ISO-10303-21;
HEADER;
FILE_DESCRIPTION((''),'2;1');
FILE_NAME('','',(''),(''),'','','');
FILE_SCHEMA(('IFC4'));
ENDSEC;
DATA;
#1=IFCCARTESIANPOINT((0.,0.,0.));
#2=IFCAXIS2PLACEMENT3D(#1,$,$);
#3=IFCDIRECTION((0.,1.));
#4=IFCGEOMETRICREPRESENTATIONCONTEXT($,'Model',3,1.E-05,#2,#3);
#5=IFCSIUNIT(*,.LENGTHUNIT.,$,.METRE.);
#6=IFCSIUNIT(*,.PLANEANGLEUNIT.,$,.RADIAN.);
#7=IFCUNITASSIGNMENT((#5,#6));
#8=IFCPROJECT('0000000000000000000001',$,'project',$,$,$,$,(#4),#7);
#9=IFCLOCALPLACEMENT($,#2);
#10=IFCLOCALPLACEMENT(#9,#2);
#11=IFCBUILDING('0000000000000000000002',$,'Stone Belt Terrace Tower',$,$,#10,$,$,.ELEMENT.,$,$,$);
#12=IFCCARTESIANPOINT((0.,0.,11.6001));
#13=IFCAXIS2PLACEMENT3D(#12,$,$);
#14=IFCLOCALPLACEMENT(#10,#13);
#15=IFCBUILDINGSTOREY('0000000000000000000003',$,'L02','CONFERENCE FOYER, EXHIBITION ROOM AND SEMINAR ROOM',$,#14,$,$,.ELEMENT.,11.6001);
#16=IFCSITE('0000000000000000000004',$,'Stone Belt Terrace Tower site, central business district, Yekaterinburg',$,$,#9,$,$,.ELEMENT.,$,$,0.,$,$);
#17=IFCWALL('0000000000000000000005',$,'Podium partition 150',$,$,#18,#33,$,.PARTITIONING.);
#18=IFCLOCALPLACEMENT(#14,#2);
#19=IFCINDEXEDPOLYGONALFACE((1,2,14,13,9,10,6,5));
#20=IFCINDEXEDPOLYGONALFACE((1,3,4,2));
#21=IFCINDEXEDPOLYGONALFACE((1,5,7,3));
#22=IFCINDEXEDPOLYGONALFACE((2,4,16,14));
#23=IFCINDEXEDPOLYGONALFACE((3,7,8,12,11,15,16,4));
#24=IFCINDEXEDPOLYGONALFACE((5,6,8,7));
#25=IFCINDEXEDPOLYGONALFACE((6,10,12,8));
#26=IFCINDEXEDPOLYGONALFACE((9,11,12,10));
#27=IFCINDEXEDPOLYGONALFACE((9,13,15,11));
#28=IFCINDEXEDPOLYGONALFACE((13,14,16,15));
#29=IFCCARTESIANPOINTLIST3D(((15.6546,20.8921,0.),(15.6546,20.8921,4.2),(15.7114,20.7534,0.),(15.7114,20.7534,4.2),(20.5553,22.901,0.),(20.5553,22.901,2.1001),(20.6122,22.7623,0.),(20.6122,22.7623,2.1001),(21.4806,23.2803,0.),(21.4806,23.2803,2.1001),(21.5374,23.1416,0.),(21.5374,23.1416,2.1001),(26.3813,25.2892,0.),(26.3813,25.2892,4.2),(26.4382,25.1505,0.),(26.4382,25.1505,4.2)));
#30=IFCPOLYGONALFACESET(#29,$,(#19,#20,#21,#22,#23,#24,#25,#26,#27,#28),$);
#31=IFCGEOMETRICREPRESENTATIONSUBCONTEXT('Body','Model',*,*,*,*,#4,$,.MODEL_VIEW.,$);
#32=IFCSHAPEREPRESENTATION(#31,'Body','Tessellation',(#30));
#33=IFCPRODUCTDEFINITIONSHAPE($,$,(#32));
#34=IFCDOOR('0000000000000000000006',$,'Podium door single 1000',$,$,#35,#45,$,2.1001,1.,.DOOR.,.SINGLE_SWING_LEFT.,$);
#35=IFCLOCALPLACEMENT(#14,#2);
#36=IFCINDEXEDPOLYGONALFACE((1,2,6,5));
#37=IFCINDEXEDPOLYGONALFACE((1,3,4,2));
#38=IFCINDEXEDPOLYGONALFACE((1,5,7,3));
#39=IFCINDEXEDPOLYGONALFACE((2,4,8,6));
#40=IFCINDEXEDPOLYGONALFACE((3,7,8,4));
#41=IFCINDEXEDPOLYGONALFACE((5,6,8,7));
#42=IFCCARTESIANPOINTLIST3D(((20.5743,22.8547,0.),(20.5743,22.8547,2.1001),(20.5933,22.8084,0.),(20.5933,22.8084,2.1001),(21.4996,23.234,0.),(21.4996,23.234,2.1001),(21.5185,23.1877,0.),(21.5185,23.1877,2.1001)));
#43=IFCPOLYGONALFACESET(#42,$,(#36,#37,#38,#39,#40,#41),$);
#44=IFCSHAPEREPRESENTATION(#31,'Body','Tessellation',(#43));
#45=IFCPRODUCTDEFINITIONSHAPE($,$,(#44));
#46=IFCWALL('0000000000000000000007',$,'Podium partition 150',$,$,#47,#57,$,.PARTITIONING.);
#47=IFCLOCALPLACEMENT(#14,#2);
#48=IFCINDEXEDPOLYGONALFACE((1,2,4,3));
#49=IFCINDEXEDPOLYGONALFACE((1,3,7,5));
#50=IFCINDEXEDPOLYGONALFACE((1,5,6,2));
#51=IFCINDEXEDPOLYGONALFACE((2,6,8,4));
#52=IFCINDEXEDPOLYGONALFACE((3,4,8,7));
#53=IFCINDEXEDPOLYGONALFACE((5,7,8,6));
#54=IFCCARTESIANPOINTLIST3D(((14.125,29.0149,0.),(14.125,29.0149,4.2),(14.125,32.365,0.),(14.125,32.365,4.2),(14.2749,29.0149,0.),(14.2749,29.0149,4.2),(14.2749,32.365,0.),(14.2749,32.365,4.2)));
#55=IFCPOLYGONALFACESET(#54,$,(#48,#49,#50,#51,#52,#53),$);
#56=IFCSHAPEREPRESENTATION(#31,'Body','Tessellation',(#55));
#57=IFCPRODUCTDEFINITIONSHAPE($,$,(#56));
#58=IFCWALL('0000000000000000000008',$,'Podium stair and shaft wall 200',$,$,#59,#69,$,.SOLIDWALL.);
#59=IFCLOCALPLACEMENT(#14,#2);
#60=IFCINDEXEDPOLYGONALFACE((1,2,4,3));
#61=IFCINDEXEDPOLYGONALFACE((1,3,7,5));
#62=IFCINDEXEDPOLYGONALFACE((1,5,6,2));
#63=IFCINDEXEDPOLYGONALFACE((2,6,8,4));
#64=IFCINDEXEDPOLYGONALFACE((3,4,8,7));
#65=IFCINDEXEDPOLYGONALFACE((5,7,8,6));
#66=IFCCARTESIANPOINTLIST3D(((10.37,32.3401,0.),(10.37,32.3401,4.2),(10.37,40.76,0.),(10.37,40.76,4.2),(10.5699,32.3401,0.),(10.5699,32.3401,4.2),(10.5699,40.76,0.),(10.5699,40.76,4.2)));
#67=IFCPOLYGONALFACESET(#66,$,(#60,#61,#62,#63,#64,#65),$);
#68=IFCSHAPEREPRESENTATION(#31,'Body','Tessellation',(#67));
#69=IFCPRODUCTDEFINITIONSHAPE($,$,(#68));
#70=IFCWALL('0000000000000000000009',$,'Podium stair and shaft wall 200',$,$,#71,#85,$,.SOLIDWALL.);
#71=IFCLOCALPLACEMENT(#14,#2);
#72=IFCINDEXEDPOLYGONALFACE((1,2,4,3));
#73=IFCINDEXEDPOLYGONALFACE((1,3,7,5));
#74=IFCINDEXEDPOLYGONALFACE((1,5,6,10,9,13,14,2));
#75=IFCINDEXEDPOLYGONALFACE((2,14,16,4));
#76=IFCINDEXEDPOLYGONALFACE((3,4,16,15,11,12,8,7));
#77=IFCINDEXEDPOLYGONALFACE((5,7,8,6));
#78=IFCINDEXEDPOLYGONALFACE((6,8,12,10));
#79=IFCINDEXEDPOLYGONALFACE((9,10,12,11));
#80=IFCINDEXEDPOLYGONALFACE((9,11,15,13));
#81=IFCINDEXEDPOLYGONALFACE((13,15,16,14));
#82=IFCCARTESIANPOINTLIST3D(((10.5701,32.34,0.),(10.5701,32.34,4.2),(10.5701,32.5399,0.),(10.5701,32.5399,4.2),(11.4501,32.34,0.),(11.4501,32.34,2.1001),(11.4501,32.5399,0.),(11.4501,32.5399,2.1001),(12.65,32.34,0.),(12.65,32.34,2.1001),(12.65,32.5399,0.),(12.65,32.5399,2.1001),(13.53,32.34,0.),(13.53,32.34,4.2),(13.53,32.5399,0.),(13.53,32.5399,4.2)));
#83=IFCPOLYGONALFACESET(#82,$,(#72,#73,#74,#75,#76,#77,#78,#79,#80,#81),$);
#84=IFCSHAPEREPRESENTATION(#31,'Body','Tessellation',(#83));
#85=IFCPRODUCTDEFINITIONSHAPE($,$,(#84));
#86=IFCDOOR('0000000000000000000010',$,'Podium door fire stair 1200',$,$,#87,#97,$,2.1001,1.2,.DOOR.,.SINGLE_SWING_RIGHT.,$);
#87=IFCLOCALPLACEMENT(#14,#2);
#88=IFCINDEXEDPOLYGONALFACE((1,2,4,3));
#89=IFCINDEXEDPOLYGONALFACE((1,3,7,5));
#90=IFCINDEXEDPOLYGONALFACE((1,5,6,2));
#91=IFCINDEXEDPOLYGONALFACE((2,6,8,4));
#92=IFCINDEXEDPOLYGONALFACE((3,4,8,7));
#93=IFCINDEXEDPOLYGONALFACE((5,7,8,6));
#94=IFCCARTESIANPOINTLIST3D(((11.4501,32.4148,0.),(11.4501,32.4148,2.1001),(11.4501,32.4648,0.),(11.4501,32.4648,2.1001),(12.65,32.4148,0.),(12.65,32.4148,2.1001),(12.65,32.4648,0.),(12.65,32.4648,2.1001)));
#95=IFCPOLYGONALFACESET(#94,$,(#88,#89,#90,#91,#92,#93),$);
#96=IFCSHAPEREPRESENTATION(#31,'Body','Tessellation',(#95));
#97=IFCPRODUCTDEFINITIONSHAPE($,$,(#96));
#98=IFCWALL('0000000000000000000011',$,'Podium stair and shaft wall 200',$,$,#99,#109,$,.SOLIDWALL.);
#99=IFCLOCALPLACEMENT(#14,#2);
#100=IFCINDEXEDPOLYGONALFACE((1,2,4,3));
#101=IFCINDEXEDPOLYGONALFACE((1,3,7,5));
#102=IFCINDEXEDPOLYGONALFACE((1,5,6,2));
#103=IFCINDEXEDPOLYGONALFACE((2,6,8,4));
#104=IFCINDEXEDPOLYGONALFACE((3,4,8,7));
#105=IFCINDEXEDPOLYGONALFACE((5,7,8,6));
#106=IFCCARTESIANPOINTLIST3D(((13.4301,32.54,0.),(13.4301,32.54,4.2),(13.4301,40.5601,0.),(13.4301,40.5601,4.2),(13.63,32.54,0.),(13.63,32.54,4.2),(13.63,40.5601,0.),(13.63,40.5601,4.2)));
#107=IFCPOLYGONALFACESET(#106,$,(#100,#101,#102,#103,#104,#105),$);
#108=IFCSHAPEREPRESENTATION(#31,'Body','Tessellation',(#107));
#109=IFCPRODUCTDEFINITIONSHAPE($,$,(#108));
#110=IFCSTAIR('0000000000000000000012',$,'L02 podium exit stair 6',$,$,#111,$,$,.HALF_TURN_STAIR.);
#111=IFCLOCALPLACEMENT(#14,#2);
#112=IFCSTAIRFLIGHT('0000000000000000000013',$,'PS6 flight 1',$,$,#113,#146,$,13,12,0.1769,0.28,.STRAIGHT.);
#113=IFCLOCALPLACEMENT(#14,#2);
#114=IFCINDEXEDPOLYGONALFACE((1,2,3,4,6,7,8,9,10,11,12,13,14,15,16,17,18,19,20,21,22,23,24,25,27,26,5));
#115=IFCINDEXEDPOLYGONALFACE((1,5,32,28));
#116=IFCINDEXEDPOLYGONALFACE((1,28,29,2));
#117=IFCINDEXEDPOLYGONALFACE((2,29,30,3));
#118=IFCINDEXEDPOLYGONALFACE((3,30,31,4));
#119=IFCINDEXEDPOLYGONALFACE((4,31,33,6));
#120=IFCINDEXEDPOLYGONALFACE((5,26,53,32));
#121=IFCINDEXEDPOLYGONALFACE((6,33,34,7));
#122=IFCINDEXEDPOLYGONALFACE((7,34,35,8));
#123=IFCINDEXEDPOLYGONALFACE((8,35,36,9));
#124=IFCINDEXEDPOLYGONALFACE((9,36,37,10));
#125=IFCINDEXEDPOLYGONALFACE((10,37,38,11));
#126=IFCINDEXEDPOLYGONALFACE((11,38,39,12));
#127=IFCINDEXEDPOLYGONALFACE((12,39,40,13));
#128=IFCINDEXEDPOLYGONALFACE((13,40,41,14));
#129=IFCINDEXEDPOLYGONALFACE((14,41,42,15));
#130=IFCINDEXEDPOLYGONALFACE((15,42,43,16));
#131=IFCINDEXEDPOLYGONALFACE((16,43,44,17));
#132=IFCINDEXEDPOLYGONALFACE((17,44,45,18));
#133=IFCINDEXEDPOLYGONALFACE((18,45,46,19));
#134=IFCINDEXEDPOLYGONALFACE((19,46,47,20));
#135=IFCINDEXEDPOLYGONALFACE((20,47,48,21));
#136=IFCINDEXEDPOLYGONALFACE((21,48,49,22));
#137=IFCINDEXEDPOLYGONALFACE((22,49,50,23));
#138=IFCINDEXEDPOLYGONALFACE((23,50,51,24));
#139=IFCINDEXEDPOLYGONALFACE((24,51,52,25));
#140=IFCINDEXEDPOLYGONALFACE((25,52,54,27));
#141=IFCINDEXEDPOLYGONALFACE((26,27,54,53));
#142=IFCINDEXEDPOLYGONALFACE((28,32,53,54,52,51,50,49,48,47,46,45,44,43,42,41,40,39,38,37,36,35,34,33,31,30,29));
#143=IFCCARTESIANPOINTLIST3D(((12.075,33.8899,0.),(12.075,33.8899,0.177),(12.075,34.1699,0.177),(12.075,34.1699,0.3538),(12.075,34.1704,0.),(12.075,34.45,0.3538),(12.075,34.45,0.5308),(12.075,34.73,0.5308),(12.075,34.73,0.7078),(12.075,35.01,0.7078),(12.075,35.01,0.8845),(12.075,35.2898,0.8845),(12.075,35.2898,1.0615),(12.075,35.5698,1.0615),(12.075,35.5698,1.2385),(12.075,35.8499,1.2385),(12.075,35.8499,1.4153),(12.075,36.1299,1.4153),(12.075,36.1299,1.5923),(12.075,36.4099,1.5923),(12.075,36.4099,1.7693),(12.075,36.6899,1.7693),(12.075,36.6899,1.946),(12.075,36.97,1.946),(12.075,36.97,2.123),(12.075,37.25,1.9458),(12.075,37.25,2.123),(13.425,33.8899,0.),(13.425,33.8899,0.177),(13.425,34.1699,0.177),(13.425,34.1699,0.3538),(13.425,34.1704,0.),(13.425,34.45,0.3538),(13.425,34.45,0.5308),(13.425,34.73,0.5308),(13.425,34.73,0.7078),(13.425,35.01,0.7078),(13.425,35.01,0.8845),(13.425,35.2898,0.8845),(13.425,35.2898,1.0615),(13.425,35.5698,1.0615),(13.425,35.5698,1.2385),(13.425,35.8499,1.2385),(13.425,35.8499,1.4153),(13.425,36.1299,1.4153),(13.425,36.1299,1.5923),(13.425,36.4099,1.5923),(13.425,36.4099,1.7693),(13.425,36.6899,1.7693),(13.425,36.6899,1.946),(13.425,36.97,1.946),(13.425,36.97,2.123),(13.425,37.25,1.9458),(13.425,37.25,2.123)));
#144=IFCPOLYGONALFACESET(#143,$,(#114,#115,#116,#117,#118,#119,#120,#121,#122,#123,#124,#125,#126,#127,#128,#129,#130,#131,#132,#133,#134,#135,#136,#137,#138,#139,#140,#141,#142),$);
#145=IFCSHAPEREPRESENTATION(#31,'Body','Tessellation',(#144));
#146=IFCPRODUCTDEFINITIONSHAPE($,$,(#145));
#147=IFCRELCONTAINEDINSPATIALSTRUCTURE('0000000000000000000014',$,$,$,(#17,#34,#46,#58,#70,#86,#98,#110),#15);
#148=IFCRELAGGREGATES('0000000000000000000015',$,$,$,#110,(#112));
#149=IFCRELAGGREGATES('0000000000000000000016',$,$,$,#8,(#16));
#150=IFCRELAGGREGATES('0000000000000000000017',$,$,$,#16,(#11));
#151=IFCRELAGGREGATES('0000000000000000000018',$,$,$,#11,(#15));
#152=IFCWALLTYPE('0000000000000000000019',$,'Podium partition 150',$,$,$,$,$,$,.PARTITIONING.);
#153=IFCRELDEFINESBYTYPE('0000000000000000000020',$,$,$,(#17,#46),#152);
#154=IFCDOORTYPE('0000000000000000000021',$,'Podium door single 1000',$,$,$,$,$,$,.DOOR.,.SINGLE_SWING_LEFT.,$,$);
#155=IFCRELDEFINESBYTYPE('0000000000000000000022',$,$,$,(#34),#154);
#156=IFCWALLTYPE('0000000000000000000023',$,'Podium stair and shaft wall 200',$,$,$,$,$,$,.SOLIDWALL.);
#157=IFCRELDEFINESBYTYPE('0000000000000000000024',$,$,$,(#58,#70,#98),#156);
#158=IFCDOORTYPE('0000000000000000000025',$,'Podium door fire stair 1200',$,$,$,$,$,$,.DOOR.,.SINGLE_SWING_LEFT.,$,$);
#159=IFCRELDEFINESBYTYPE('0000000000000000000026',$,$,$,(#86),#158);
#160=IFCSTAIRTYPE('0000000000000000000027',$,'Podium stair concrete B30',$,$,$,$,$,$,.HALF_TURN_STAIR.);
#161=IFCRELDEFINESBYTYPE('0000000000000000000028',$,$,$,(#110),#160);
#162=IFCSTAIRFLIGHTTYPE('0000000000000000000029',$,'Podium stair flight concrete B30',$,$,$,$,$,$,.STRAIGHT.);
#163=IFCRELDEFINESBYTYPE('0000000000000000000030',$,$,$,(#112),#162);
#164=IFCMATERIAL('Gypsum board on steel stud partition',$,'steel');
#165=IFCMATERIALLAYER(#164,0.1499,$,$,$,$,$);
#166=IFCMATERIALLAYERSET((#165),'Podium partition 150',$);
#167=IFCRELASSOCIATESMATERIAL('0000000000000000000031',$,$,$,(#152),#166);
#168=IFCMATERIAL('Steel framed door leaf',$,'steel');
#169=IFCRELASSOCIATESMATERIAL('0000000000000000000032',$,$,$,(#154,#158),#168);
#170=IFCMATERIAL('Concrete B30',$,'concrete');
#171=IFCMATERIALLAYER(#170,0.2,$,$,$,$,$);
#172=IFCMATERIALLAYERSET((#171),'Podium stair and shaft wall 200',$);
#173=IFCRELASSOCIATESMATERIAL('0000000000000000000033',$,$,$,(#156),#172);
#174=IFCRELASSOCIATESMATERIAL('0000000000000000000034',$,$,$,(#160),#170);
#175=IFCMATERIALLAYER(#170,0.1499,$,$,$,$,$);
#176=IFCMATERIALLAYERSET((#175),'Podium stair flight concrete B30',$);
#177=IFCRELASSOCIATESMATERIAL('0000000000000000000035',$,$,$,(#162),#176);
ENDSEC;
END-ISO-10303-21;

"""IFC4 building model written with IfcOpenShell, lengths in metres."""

from ifc_helpers import new_model, si_unit, direction, frame, frame_2d, origin, place, context, subcontext, project, spatial, polyline, rectangle, outline, extrude, material, layer, layer_set, type_object, element, fill, aggregate, save


model = new_model("IFC4")

# Units and contexts
model_context = context("Model", 3, precision=1e-05, world=origin(), true_north=direction((0.0, 1.0)))
body_context = subcontext(model_context, "Body", "Model", "MODEL_VIEW")
ifc_project = project(units=[si_unit("LENGTHUNIT", "METRE"), si_unit("PLANEANGLEUNIT", "RADIAN")], contexts=[model_context])

# Site, building, storey
site_placement = place(None, origin())
site = spatial("IfcSite", under=ifc_project, at=site_placement, Name="Stone Belt Terrace Tower site, central business district, Yekaterinburg", CompositionType="ELEMENT", RefElevation=0.0)
building_placement = place(site_placement, origin())
building = spatial("IfcBuilding", under=site, at=building_placement, Name="Stone Belt Terrace Tower", CompositionType="ELEMENT")
storey_placement = place(building_placement, frame((0.0, 0.0, 11.6001)))
storey = spatial("IfcBuildingStorey", under=building, at=storey_placement, Name="L02", Description="CONFERENCE FOYER, EXHIBITION ROOM AND SEMINAR ROOM", CompositionType="ELEMENT", Elevation=11.6001)

# Shared definitions
ifc_material_1 = material(Name="Gypsum board on steel stud partition", Category="steel")
ifc_layer_1 = layer(ifc_material_1, 0.1499)
ifc_layer_set_1 = layer_set([ifc_layer_1], Name="Podium partition 150")
wall_type_1 = type_object("IfcWallType", Name="Podium partition 150", PredefinedType="PARTITIONING", material=ifc_layer_set_1)

# Wall, opening, door
wall_1_placement = place(storey_placement, frame((15.6831, 20.8228, 0.0), z_axis=(0.0, 0.0, 1.0), x_axis=(0.925275, 0.379296, 0.0)))
wall_1 = element("IfcWall", 1, at=wall_1_placement, inside=storey, type_object=wall_type_1, Name="Podium partition 150", PredefinedType="PARTITIONING", context=body_context, shape_type="SweptSolid", body=[
    extrude(rectangle(XDim=11.593, YDim=0.1499, at=frame_2d((5.7964, 0.0))), origin(), (0.0, 0.0, 1.0), 4.2),
])
opening_1_placement = place(wall_1_placement, frame((5.2964, 0.0, 0.0)))
opening_1 = element("IfcOpeningElement", 2, at=opening_1_placement, cuts=wall_1, PredefinedType="OPENING", context=body_context, shape_type="SweptSolid", body=[
    extrude(rectangle(XDim=1.0, YDim=2.1001, at=frame_2d((0.5, 1.05))), frame((0.0, 0.085, 0.0), z_axis=(0.0, -1.0, 0.0), x_axis=(1.0, 0.0, 0.0)), (0.0, 0.0, 1.0), 0.1699),
])
ifc_material_2 = material(Name="Steel framed door leaf", Category="steel")
door_type_1 = type_object("IfcDoorType", Name="Podium door single 1000", OperationType="SINGLE_SWING_LEFT", PredefinedType="DOOR", material=ifc_material_2)
door_1_placement = place(opening_1_placement, origin())
door_1 = element("IfcDoor", 3, at=door_1_placement, inside=storey, type_object=door_type_1, Name="Podium door single 1000", OperationType="SINGLE_SWING_LEFT", OverallHeight=2.1001, OverallWidth=1.0, PredefinedType="DOOR", context=body_context, shape_type="SweptSolid", body=[
    extrude(rectangle(XDim=1.0, YDim=2.1001, at=frame_2d((0.5, 1.05))), frame((0.0, 0.0249, 0.0), z_axis=(0.0, -1.0, 0.0), x_axis=(1.0, 0.0, 0.0)), (0.0, 0.0, 1.0), 0.05),
])
fill(opening_1, door_1)

# Walls
wall_2_placement = place(storey_placement, frame((14.2, 29.0149, 0.0), z_axis=(0.0, 0.0, 1.0), x_axis=(0.0, 1.0, 0.0)))
element("IfcWall", 4, at=wall_2_placement, inside=storey, type_object=wall_type_1, Name="Podium partition 150", PredefinedType="PARTITIONING", context=body_context, shape_type="SweptSolid", body=[
    extrude(rectangle(XDim=3.3501, YDim=0.1499, at=frame_2d((1.675, 0.0))), origin(), (0.0, 0.0, 1.0), 4.2),
])
ifc_material_3 = material(Name="Concrete B30", Category="concrete")
ifc_layer_2 = layer(ifc_material_3, 0.2)
ifc_layer_set_2 = layer_set([ifc_layer_2], Name="Podium stair and shaft wall 200")
wall_type_2 = type_object("IfcWallType", Name="Podium stair and shaft wall 200", PredefinedType="SOLIDWALL", material=ifc_layer_set_2)
wall_3_placement = place(storey_placement, frame((10.47, 32.3401, 0.0), z_axis=(0.0, 0.0, 1.0), x_axis=(0.0, 1.0, 0.0)))
element("IfcWall", 5, at=wall_3_placement, inside=storey, type_object=wall_type_2, Name="Podium stair and shaft wall 200", PredefinedType="SOLIDWALL", context=body_context, shape_type="SweptSolid", body=[
    extrude(rectangle(XDim=8.4199, YDim=0.2, at=frame_2d((4.21, 0.0))), origin(), (0.0, 0.0, 1.0), 4.2),
])

# Wall, opening, door
wall_4_placement = place(storey_placement, frame((10.5701, 32.4399, 0.0), z_axis=(0.0, 0.0, 1.0), x_axis=(1.0, 0.0, 0.0)))
wall_4 = element("IfcWall", 6, at=wall_4_placement, inside=storey, type_object=wall_type_2, Name="Podium stair and shaft wall 200", PredefinedType="SOLIDWALL", context=body_context, shape_type="SweptSolid", body=[
    extrude(rectangle(XDim=2.96, YDim=0.2, at=frame_2d((1.48, 0.0))), origin(), (0.0, 0.0, 1.0), 4.2),
])
opening_2_placement = place(wall_4_placement, frame((0.8799, 0.0, 0.0)))
opening_2 = element("IfcOpeningElement", 7, at=opening_2_placement, cuts=wall_4, PredefinedType="OPENING", context=body_context, shape_type="SweptSolid", body=[
    extrude(rectangle(XDim=1.2, YDim=2.1001, at=frame_2d((0.6001, 1.05))), frame((0.0, 0.1099, 0.0), z_axis=(0.0, -1.0, 0.0), x_axis=(1.0, 0.0, 0.0)), (0.0, 0.0, 1.0), 0.22),
])
door_type_2 = type_object("IfcDoorType", Name="Podium door fire stair 1200", OperationType="SINGLE_SWING_LEFT", PredefinedType="DOOR", material=ifc_material_2)
door_2_placement = place(opening_2_placement, origin())
door_2 = element("IfcDoor", 8, at=door_2_placement, inside=storey, type_object=door_type_2, Name="Podium door fire stair 1200", OperationType="SINGLE_SWING_RIGHT", OverallHeight=2.1001, OverallWidth=1.2, PredefinedType="DOOR", context=body_context, shape_type="SweptSolid", body=[
    extrude(rectangle(XDim=1.2, YDim=2.1001, at=frame_2d((0.6001, 1.05))), frame((0.0, 0.0249, 0.0), z_axis=(0.0, -1.0, 0.0), x_axis=(1.0, 0.0, 0.0)), (0.0, 0.0, 1.0), 0.05),
])
fill(opening_2, door_2)

# Wall
wall_5_placement = place(storey_placement, frame((13.53, 32.54, 0.0), z_axis=(0.0, 0.0, 1.0), x_axis=(0.0, 1.0, 0.0)))
element("IfcWall", 9, at=wall_5_placement, inside=storey, type_object=wall_type_2, Name="Podium stair and shaft wall 200", PredefinedType="SOLIDWALL", context=body_context, shape_type="SweptSolid", body=[
    extrude(rectangle(XDim=8.02, YDim=0.2, at=frame_2d((4.01, 0.0))), origin(), (0.0, 0.0, 1.0), 4.2),
])

# Stair, stair flight
stair_type = type_object("IfcStairType", Name="Podium stair concrete B30", PredefinedType="HALF_TURN_STAIR", material=ifc_material_3)
stair_placement = place(storey_placement, origin())
stair = element("IfcStair", 10, at=stair_placement, inside=storey, type_object=stair_type, Name="L02 podium exit stair 6", PredefinedType="HALF_TURN_STAIR")
ifc_layer_3 = layer(ifc_material_3, 0.1499)
ifc_layer_set_3 = layer_set([ifc_layer_3], Name="Podium stair flight concrete B30")
stair_flight_type = type_object("IfcStairFlightType", Name="Podium stair flight concrete B30", PredefinedType="STRAIGHT", material=ifc_layer_set_3)
stair_flight_placement = place(storey_placement, frame((12.75, 33.8899, 0.0), z_axis=(0.0, 0.0, 1.0), x_axis=(0.0, 1.0, 0.0)))
stair_flight = element("IfcStairFlight", 11, at=stair_flight_placement, type_object=stair_flight_type, Name="PS6 flight 1", NumberOfRisers=13, NumberOfTreads=12, PredefinedType="STRAIGHT", RiserHeight=0.1769, TreadLength=0.28, context=body_context, shape_type="SweptSolid", body=[
    extrude(outline(polyline([(0.0, 0.0), (0.0, 0.177), (0.28, 0.177), (0.28, 0.3538), (0.5601, 0.3538), (0.5601, 0.5308), (0.8401, 0.5308), (0.8401, 0.7078), (1.1201, 0.7078), (1.1201, 0.8845), (1.3999, 0.8845), (1.3999, 1.0615), (1.6799, 1.0615), (1.6799, 1.2385), (1.96, 1.2385), (1.96, 1.4153), (2.24, 1.4153), (2.24, 1.5923), (2.52, 1.5923), (2.52, 1.7693), (2.8, 1.7693), (2.8, 1.946), (3.0801, 1.946), (3.0801, 2.123), (3.3601, 2.123), (3.3601, 2.3), (3.3601, 1.9458), (0.2805, 0.0), (0.0, 0.0)])), frame((0.0, 0.675, 0.0), z_axis=(0.0, -1.0, 0.0), x_axis=(1.0, 0.0, 0.0)), (0.0, 0.0, 1.0), 1.3501),
])
aggregate(stair, [stair_flight])

save(model, "model.ifc")
